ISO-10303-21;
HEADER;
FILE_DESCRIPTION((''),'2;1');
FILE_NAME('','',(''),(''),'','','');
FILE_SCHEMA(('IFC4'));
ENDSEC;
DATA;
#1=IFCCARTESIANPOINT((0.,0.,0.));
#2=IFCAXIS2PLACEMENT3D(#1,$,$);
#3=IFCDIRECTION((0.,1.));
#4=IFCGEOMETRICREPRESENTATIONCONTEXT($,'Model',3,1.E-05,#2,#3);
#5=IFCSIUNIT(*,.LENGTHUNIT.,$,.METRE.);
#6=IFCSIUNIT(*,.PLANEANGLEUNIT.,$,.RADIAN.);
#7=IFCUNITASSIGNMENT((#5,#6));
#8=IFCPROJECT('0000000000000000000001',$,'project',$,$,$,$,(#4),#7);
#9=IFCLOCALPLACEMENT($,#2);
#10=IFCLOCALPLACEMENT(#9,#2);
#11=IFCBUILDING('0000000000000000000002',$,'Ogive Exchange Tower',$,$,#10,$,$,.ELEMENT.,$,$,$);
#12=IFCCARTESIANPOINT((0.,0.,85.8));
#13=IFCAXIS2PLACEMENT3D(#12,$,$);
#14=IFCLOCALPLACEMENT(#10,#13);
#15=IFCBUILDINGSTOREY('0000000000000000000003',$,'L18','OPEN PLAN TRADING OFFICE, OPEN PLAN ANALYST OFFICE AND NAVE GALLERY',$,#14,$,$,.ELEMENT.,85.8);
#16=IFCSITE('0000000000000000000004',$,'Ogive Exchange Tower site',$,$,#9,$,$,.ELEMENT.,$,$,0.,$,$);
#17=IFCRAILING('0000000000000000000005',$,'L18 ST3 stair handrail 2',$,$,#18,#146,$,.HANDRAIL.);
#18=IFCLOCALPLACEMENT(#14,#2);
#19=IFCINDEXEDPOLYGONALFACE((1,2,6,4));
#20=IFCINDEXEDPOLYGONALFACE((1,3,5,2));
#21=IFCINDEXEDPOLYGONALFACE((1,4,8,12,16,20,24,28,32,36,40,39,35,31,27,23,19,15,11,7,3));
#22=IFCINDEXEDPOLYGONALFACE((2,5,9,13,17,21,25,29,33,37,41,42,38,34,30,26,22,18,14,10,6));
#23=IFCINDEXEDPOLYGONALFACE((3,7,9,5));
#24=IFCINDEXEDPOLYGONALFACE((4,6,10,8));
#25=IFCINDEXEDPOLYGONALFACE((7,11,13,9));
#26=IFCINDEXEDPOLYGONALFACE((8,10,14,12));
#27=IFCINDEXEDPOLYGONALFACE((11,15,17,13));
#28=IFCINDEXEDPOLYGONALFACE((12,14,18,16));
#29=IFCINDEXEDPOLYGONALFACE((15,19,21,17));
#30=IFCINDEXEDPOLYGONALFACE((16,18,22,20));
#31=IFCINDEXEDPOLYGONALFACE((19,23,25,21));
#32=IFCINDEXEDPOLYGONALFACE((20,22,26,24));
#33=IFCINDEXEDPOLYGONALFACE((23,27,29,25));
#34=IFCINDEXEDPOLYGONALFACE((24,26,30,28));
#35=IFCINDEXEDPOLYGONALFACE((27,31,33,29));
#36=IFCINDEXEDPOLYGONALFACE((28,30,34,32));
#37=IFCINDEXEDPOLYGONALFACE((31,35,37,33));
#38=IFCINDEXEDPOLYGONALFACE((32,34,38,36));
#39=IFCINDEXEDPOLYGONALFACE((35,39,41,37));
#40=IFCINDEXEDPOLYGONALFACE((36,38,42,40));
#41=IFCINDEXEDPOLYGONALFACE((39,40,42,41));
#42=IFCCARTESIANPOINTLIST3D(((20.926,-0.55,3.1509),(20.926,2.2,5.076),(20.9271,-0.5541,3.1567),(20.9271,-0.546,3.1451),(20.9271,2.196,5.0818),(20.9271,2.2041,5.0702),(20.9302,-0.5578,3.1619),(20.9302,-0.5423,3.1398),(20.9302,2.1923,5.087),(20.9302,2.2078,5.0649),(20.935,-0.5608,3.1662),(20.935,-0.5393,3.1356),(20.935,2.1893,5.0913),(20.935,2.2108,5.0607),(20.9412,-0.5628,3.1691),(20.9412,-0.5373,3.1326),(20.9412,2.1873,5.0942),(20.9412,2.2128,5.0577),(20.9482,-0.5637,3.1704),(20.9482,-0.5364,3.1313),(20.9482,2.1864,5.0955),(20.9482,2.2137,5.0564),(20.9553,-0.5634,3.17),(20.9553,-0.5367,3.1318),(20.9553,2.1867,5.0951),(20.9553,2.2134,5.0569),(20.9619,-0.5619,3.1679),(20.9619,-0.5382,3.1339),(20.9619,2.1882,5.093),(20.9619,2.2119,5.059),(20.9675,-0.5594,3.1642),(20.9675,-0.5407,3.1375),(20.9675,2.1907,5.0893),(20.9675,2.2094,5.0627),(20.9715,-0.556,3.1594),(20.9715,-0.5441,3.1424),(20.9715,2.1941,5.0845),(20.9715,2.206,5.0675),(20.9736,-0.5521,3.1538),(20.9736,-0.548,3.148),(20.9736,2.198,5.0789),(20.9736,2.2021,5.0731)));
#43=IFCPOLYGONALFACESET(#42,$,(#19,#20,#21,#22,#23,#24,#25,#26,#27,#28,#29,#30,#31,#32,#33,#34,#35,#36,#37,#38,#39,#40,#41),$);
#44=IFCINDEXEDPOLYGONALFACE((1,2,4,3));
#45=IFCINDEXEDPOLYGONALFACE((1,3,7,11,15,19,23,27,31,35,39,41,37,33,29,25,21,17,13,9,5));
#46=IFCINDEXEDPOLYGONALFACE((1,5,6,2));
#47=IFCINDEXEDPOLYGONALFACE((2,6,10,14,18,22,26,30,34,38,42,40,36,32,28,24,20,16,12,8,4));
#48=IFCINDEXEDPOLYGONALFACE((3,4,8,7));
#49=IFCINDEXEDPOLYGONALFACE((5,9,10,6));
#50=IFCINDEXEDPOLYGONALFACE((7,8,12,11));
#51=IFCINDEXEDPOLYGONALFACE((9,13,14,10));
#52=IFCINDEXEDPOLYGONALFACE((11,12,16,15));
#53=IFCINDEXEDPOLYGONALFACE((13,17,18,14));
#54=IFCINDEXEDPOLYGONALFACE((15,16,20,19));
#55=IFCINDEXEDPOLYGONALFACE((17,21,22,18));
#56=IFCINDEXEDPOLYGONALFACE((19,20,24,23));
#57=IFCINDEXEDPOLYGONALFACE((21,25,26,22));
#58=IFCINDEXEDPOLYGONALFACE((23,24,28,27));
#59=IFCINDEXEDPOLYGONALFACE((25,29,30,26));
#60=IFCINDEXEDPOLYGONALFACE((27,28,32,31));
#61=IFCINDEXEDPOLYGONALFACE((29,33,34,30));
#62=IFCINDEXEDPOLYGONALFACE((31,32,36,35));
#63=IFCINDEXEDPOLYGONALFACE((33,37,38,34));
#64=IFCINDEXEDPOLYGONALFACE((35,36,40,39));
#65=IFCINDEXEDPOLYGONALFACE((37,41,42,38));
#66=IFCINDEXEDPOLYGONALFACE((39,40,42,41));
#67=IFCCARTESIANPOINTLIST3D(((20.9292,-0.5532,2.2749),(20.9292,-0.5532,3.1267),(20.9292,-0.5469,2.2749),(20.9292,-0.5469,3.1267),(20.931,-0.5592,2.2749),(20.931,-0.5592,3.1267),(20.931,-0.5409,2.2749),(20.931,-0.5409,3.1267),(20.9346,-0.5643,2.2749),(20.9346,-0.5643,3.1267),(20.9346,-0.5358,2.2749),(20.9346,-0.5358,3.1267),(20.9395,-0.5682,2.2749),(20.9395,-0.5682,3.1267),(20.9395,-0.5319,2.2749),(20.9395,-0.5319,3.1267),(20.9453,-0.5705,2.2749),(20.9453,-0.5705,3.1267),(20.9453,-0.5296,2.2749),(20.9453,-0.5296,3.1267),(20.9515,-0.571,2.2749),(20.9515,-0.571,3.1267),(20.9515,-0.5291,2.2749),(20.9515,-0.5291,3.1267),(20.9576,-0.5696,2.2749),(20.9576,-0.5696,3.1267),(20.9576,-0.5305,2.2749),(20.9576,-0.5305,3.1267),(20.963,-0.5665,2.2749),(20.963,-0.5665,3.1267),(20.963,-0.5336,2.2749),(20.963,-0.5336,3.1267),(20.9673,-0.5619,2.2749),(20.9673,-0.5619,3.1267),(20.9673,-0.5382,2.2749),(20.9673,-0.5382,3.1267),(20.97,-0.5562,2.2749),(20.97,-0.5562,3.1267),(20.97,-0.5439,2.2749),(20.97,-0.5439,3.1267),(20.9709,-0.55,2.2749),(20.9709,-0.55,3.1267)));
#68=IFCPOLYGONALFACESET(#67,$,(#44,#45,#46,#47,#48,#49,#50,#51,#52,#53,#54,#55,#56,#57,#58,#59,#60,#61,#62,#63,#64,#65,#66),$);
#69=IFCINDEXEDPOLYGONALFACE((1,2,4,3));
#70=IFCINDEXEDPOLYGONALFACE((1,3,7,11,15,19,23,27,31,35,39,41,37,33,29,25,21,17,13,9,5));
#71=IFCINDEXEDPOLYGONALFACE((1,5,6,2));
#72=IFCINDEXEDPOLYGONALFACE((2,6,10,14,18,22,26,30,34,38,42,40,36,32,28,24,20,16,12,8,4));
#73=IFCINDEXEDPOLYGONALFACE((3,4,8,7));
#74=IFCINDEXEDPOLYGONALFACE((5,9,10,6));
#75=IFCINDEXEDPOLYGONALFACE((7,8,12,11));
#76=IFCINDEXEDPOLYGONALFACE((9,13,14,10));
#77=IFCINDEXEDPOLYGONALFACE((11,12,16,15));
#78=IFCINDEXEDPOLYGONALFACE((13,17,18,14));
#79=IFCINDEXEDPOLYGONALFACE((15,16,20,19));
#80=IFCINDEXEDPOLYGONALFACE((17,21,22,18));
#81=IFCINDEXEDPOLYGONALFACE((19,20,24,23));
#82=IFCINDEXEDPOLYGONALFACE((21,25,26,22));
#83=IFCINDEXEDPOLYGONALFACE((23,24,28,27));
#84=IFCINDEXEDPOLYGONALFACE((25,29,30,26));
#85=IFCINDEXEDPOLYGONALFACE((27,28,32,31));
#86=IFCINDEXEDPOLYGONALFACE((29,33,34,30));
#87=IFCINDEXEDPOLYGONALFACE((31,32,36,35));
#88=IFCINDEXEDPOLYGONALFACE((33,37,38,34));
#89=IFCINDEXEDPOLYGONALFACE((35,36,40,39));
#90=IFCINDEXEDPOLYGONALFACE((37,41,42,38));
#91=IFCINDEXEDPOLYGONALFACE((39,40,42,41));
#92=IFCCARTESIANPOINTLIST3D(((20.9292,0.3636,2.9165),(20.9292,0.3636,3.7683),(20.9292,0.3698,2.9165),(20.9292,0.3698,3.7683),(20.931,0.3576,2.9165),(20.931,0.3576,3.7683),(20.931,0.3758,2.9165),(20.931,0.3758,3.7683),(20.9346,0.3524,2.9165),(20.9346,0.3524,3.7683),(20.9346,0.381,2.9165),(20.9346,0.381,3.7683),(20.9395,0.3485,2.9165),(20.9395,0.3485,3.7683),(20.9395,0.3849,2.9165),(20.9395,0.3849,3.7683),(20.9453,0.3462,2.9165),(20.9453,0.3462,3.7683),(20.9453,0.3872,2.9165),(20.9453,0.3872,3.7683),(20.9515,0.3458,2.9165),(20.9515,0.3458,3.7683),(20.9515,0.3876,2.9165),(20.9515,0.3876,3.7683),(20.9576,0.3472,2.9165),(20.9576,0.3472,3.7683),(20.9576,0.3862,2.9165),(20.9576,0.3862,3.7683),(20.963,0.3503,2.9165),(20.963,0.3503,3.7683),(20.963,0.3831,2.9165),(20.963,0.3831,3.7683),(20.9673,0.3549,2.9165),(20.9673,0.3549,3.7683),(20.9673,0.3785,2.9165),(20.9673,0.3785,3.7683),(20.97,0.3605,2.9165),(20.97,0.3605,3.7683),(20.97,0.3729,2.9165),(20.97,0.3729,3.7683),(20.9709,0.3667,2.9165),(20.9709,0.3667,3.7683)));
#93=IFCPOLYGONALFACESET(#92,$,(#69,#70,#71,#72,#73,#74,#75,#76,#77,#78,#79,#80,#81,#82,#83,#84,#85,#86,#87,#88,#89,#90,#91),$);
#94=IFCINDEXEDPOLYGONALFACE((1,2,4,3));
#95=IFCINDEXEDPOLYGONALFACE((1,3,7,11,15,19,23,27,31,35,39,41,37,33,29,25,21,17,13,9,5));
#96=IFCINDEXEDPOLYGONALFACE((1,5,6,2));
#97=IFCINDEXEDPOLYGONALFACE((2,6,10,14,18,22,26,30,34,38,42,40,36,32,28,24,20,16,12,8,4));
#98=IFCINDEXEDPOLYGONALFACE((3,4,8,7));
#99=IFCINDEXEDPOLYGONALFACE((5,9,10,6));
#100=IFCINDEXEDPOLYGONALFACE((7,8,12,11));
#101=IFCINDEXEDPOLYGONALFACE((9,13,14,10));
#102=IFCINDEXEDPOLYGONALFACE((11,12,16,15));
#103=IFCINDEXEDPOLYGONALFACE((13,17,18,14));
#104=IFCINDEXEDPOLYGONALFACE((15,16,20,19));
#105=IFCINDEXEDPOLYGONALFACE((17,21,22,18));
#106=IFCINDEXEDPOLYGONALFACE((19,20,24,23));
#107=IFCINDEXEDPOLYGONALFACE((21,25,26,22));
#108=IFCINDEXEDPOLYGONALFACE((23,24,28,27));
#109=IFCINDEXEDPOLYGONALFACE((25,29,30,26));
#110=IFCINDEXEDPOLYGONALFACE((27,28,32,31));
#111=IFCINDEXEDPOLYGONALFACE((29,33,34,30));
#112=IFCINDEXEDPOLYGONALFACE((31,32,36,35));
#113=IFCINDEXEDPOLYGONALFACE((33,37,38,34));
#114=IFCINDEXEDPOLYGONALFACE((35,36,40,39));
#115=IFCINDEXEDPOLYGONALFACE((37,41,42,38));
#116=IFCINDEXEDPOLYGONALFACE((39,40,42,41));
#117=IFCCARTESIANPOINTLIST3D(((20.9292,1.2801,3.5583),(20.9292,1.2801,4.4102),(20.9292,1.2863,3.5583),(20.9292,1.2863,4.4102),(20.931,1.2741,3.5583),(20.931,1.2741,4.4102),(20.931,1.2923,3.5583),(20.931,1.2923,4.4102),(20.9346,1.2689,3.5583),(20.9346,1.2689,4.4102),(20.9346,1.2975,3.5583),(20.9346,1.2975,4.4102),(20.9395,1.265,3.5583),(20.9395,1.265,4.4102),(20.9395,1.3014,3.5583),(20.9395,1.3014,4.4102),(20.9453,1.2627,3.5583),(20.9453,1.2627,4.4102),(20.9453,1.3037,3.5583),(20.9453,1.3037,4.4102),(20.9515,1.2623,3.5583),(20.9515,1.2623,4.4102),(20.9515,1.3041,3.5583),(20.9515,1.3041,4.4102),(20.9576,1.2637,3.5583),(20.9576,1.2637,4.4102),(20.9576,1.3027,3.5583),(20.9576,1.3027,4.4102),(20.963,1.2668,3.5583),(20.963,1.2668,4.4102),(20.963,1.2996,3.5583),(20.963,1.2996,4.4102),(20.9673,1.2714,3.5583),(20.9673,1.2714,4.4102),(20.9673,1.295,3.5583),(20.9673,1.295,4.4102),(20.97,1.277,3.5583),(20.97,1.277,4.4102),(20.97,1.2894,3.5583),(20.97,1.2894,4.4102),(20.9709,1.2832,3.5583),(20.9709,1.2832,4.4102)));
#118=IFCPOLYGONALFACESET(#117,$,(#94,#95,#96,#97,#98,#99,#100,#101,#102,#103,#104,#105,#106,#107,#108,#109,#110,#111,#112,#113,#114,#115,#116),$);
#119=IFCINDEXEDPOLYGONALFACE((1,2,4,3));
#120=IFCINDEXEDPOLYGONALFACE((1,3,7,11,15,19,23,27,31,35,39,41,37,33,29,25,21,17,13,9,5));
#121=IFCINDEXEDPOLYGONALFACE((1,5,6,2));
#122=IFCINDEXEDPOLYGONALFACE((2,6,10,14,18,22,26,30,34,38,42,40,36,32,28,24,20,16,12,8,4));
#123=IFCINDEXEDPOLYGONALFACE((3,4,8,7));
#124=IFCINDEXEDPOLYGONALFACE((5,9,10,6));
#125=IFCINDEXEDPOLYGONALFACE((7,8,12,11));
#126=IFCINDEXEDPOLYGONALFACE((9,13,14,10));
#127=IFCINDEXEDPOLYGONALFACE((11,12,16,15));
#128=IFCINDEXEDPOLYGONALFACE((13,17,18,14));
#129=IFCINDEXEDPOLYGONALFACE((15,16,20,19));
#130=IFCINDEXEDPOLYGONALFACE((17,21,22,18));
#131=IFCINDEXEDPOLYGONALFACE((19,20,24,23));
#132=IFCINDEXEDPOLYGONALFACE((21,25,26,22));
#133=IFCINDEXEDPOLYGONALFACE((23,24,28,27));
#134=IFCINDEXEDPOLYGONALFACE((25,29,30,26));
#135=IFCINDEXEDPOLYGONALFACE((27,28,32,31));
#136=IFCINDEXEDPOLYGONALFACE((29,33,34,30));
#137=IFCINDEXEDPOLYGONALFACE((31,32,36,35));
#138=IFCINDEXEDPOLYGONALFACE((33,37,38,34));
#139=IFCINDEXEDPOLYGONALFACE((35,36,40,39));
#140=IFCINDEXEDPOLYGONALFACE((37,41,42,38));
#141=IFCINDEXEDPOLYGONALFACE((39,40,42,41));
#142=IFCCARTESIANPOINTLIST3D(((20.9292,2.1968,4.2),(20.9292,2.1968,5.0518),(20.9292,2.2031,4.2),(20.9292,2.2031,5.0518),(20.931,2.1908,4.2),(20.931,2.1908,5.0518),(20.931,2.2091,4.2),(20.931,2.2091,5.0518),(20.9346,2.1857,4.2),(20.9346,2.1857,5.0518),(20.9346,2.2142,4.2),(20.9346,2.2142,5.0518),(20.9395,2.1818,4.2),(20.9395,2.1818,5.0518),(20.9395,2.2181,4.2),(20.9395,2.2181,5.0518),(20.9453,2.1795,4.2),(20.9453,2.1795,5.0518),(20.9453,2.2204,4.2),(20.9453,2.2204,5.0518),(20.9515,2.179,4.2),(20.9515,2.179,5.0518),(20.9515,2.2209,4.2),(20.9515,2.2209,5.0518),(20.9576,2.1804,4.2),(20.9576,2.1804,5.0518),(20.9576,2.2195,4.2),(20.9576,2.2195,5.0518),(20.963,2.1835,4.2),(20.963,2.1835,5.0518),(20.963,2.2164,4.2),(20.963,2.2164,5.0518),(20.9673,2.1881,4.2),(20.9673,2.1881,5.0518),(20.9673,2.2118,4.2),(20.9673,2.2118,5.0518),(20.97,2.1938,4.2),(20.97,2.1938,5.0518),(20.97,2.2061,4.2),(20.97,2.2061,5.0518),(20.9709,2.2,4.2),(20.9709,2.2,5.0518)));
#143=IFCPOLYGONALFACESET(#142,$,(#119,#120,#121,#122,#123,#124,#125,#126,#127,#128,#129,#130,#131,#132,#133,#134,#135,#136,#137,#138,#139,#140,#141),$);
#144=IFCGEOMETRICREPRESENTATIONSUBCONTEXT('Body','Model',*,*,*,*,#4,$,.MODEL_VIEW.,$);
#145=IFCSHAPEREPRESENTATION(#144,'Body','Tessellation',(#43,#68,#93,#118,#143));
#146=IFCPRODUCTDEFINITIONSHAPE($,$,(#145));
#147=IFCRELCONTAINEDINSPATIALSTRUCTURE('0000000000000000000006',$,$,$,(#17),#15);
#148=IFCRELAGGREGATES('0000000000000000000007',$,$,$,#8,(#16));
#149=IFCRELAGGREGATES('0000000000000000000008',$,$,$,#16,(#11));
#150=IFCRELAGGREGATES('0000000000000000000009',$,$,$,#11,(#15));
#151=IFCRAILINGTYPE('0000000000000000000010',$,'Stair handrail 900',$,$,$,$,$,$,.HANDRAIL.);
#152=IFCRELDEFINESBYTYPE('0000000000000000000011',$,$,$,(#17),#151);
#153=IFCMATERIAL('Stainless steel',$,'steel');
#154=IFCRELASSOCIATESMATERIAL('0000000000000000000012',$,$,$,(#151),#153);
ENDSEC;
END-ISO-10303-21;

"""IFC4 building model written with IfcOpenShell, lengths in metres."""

from ifc_helpers import new_model, si_unit, direction, frame, origin, origin_2d, place, context, subcontext, project, spatial, circle, extrude, material, type_object, element, save


model = new_model("IFC4")

# Units and contexts
model_context = context("Model", 3, precision=1e-05, world=origin(), true_north=direction((0.0, 1.0)))
body_context = subcontext(model_context, "Body", "Model", "MODEL_VIEW")
ifc_project = project(units=[si_unit("LENGTHUNIT", "METRE"), si_unit("PLANEANGLEUNIT", "RADIAN")], contexts=[model_context])

# Site, building, storey
site_placement = place(None, origin())
site = spatial("IfcSite", under=ifc_project, at=site_placement, Name="Ogive Exchange Tower site", CompositionType="ELEMENT", RefElevation=0.0)
building_placement = place(site_placement, origin())
building = spatial("IfcBuilding", under=site, at=building_placement, Name="Ogive Exchange Tower", CompositionType="ELEMENT")
storey_placement = place(building_placement, frame((0.0, 0.0, 85.8)))
storey = spatial("IfcBuildingStorey", under=building, at=storey_placement, Name="L18", Description="OPEN PLAN TRADING OFFICE, OPEN PLAN ANALYST OFFICE AND NAVE GALLERY", CompositionType="ELEMENT", Elevation=85.8)

# Railing
ifc_material_1 = material(Name="Stainless steel", Category="steel")
railing_type = type_object("IfcRailingType", Name="Stair handrail 900", PredefinedType="HANDRAIL", material=ifc_material_1)
railing_placement = place(storey_placement, frame((20.95, -0.55, 2.2749)))
element("IfcRailing", 1, at=railing_placement, inside=storey, type_object=railing_type, Name="L18 ST3 stair handrail 2", PredefinedType="HANDRAIL", context=body_context, shape_type="SweptSolid", body=[
    extrude(circle(Radius=0.0239, at=origin_2d()), frame((0.0, 0.0, 0.876), z_axis=(0.0, 0.819225, 0.573472), x_axis=(-1.0, 0.0, 0.0)), (0.0, 0.0, 1.0), 3.3569),
    extrude(circle(Radius=0.021, at=origin_2d()), origin(), (0.0, 0.0, 1.0), 0.8518),
    extrude(circle(Radius=0.021, at=origin_2d()), frame((0.0, 0.9167, 0.6416)), (0.0, 0.0, 1.0), 0.8518),
    extrude(circle(Radius=0.021, at=origin_2d()), frame((0.0, 1.8333, 1.2834)), (0.0, 0.0, 1.0), 0.8518),
    extrude(circle(Radius=0.021, at=origin_2d()), frame((0.0, 2.75, 1.925)), (0.0, 0.0, 1.0), 0.8518),
])

save(model, "model.ifc")
